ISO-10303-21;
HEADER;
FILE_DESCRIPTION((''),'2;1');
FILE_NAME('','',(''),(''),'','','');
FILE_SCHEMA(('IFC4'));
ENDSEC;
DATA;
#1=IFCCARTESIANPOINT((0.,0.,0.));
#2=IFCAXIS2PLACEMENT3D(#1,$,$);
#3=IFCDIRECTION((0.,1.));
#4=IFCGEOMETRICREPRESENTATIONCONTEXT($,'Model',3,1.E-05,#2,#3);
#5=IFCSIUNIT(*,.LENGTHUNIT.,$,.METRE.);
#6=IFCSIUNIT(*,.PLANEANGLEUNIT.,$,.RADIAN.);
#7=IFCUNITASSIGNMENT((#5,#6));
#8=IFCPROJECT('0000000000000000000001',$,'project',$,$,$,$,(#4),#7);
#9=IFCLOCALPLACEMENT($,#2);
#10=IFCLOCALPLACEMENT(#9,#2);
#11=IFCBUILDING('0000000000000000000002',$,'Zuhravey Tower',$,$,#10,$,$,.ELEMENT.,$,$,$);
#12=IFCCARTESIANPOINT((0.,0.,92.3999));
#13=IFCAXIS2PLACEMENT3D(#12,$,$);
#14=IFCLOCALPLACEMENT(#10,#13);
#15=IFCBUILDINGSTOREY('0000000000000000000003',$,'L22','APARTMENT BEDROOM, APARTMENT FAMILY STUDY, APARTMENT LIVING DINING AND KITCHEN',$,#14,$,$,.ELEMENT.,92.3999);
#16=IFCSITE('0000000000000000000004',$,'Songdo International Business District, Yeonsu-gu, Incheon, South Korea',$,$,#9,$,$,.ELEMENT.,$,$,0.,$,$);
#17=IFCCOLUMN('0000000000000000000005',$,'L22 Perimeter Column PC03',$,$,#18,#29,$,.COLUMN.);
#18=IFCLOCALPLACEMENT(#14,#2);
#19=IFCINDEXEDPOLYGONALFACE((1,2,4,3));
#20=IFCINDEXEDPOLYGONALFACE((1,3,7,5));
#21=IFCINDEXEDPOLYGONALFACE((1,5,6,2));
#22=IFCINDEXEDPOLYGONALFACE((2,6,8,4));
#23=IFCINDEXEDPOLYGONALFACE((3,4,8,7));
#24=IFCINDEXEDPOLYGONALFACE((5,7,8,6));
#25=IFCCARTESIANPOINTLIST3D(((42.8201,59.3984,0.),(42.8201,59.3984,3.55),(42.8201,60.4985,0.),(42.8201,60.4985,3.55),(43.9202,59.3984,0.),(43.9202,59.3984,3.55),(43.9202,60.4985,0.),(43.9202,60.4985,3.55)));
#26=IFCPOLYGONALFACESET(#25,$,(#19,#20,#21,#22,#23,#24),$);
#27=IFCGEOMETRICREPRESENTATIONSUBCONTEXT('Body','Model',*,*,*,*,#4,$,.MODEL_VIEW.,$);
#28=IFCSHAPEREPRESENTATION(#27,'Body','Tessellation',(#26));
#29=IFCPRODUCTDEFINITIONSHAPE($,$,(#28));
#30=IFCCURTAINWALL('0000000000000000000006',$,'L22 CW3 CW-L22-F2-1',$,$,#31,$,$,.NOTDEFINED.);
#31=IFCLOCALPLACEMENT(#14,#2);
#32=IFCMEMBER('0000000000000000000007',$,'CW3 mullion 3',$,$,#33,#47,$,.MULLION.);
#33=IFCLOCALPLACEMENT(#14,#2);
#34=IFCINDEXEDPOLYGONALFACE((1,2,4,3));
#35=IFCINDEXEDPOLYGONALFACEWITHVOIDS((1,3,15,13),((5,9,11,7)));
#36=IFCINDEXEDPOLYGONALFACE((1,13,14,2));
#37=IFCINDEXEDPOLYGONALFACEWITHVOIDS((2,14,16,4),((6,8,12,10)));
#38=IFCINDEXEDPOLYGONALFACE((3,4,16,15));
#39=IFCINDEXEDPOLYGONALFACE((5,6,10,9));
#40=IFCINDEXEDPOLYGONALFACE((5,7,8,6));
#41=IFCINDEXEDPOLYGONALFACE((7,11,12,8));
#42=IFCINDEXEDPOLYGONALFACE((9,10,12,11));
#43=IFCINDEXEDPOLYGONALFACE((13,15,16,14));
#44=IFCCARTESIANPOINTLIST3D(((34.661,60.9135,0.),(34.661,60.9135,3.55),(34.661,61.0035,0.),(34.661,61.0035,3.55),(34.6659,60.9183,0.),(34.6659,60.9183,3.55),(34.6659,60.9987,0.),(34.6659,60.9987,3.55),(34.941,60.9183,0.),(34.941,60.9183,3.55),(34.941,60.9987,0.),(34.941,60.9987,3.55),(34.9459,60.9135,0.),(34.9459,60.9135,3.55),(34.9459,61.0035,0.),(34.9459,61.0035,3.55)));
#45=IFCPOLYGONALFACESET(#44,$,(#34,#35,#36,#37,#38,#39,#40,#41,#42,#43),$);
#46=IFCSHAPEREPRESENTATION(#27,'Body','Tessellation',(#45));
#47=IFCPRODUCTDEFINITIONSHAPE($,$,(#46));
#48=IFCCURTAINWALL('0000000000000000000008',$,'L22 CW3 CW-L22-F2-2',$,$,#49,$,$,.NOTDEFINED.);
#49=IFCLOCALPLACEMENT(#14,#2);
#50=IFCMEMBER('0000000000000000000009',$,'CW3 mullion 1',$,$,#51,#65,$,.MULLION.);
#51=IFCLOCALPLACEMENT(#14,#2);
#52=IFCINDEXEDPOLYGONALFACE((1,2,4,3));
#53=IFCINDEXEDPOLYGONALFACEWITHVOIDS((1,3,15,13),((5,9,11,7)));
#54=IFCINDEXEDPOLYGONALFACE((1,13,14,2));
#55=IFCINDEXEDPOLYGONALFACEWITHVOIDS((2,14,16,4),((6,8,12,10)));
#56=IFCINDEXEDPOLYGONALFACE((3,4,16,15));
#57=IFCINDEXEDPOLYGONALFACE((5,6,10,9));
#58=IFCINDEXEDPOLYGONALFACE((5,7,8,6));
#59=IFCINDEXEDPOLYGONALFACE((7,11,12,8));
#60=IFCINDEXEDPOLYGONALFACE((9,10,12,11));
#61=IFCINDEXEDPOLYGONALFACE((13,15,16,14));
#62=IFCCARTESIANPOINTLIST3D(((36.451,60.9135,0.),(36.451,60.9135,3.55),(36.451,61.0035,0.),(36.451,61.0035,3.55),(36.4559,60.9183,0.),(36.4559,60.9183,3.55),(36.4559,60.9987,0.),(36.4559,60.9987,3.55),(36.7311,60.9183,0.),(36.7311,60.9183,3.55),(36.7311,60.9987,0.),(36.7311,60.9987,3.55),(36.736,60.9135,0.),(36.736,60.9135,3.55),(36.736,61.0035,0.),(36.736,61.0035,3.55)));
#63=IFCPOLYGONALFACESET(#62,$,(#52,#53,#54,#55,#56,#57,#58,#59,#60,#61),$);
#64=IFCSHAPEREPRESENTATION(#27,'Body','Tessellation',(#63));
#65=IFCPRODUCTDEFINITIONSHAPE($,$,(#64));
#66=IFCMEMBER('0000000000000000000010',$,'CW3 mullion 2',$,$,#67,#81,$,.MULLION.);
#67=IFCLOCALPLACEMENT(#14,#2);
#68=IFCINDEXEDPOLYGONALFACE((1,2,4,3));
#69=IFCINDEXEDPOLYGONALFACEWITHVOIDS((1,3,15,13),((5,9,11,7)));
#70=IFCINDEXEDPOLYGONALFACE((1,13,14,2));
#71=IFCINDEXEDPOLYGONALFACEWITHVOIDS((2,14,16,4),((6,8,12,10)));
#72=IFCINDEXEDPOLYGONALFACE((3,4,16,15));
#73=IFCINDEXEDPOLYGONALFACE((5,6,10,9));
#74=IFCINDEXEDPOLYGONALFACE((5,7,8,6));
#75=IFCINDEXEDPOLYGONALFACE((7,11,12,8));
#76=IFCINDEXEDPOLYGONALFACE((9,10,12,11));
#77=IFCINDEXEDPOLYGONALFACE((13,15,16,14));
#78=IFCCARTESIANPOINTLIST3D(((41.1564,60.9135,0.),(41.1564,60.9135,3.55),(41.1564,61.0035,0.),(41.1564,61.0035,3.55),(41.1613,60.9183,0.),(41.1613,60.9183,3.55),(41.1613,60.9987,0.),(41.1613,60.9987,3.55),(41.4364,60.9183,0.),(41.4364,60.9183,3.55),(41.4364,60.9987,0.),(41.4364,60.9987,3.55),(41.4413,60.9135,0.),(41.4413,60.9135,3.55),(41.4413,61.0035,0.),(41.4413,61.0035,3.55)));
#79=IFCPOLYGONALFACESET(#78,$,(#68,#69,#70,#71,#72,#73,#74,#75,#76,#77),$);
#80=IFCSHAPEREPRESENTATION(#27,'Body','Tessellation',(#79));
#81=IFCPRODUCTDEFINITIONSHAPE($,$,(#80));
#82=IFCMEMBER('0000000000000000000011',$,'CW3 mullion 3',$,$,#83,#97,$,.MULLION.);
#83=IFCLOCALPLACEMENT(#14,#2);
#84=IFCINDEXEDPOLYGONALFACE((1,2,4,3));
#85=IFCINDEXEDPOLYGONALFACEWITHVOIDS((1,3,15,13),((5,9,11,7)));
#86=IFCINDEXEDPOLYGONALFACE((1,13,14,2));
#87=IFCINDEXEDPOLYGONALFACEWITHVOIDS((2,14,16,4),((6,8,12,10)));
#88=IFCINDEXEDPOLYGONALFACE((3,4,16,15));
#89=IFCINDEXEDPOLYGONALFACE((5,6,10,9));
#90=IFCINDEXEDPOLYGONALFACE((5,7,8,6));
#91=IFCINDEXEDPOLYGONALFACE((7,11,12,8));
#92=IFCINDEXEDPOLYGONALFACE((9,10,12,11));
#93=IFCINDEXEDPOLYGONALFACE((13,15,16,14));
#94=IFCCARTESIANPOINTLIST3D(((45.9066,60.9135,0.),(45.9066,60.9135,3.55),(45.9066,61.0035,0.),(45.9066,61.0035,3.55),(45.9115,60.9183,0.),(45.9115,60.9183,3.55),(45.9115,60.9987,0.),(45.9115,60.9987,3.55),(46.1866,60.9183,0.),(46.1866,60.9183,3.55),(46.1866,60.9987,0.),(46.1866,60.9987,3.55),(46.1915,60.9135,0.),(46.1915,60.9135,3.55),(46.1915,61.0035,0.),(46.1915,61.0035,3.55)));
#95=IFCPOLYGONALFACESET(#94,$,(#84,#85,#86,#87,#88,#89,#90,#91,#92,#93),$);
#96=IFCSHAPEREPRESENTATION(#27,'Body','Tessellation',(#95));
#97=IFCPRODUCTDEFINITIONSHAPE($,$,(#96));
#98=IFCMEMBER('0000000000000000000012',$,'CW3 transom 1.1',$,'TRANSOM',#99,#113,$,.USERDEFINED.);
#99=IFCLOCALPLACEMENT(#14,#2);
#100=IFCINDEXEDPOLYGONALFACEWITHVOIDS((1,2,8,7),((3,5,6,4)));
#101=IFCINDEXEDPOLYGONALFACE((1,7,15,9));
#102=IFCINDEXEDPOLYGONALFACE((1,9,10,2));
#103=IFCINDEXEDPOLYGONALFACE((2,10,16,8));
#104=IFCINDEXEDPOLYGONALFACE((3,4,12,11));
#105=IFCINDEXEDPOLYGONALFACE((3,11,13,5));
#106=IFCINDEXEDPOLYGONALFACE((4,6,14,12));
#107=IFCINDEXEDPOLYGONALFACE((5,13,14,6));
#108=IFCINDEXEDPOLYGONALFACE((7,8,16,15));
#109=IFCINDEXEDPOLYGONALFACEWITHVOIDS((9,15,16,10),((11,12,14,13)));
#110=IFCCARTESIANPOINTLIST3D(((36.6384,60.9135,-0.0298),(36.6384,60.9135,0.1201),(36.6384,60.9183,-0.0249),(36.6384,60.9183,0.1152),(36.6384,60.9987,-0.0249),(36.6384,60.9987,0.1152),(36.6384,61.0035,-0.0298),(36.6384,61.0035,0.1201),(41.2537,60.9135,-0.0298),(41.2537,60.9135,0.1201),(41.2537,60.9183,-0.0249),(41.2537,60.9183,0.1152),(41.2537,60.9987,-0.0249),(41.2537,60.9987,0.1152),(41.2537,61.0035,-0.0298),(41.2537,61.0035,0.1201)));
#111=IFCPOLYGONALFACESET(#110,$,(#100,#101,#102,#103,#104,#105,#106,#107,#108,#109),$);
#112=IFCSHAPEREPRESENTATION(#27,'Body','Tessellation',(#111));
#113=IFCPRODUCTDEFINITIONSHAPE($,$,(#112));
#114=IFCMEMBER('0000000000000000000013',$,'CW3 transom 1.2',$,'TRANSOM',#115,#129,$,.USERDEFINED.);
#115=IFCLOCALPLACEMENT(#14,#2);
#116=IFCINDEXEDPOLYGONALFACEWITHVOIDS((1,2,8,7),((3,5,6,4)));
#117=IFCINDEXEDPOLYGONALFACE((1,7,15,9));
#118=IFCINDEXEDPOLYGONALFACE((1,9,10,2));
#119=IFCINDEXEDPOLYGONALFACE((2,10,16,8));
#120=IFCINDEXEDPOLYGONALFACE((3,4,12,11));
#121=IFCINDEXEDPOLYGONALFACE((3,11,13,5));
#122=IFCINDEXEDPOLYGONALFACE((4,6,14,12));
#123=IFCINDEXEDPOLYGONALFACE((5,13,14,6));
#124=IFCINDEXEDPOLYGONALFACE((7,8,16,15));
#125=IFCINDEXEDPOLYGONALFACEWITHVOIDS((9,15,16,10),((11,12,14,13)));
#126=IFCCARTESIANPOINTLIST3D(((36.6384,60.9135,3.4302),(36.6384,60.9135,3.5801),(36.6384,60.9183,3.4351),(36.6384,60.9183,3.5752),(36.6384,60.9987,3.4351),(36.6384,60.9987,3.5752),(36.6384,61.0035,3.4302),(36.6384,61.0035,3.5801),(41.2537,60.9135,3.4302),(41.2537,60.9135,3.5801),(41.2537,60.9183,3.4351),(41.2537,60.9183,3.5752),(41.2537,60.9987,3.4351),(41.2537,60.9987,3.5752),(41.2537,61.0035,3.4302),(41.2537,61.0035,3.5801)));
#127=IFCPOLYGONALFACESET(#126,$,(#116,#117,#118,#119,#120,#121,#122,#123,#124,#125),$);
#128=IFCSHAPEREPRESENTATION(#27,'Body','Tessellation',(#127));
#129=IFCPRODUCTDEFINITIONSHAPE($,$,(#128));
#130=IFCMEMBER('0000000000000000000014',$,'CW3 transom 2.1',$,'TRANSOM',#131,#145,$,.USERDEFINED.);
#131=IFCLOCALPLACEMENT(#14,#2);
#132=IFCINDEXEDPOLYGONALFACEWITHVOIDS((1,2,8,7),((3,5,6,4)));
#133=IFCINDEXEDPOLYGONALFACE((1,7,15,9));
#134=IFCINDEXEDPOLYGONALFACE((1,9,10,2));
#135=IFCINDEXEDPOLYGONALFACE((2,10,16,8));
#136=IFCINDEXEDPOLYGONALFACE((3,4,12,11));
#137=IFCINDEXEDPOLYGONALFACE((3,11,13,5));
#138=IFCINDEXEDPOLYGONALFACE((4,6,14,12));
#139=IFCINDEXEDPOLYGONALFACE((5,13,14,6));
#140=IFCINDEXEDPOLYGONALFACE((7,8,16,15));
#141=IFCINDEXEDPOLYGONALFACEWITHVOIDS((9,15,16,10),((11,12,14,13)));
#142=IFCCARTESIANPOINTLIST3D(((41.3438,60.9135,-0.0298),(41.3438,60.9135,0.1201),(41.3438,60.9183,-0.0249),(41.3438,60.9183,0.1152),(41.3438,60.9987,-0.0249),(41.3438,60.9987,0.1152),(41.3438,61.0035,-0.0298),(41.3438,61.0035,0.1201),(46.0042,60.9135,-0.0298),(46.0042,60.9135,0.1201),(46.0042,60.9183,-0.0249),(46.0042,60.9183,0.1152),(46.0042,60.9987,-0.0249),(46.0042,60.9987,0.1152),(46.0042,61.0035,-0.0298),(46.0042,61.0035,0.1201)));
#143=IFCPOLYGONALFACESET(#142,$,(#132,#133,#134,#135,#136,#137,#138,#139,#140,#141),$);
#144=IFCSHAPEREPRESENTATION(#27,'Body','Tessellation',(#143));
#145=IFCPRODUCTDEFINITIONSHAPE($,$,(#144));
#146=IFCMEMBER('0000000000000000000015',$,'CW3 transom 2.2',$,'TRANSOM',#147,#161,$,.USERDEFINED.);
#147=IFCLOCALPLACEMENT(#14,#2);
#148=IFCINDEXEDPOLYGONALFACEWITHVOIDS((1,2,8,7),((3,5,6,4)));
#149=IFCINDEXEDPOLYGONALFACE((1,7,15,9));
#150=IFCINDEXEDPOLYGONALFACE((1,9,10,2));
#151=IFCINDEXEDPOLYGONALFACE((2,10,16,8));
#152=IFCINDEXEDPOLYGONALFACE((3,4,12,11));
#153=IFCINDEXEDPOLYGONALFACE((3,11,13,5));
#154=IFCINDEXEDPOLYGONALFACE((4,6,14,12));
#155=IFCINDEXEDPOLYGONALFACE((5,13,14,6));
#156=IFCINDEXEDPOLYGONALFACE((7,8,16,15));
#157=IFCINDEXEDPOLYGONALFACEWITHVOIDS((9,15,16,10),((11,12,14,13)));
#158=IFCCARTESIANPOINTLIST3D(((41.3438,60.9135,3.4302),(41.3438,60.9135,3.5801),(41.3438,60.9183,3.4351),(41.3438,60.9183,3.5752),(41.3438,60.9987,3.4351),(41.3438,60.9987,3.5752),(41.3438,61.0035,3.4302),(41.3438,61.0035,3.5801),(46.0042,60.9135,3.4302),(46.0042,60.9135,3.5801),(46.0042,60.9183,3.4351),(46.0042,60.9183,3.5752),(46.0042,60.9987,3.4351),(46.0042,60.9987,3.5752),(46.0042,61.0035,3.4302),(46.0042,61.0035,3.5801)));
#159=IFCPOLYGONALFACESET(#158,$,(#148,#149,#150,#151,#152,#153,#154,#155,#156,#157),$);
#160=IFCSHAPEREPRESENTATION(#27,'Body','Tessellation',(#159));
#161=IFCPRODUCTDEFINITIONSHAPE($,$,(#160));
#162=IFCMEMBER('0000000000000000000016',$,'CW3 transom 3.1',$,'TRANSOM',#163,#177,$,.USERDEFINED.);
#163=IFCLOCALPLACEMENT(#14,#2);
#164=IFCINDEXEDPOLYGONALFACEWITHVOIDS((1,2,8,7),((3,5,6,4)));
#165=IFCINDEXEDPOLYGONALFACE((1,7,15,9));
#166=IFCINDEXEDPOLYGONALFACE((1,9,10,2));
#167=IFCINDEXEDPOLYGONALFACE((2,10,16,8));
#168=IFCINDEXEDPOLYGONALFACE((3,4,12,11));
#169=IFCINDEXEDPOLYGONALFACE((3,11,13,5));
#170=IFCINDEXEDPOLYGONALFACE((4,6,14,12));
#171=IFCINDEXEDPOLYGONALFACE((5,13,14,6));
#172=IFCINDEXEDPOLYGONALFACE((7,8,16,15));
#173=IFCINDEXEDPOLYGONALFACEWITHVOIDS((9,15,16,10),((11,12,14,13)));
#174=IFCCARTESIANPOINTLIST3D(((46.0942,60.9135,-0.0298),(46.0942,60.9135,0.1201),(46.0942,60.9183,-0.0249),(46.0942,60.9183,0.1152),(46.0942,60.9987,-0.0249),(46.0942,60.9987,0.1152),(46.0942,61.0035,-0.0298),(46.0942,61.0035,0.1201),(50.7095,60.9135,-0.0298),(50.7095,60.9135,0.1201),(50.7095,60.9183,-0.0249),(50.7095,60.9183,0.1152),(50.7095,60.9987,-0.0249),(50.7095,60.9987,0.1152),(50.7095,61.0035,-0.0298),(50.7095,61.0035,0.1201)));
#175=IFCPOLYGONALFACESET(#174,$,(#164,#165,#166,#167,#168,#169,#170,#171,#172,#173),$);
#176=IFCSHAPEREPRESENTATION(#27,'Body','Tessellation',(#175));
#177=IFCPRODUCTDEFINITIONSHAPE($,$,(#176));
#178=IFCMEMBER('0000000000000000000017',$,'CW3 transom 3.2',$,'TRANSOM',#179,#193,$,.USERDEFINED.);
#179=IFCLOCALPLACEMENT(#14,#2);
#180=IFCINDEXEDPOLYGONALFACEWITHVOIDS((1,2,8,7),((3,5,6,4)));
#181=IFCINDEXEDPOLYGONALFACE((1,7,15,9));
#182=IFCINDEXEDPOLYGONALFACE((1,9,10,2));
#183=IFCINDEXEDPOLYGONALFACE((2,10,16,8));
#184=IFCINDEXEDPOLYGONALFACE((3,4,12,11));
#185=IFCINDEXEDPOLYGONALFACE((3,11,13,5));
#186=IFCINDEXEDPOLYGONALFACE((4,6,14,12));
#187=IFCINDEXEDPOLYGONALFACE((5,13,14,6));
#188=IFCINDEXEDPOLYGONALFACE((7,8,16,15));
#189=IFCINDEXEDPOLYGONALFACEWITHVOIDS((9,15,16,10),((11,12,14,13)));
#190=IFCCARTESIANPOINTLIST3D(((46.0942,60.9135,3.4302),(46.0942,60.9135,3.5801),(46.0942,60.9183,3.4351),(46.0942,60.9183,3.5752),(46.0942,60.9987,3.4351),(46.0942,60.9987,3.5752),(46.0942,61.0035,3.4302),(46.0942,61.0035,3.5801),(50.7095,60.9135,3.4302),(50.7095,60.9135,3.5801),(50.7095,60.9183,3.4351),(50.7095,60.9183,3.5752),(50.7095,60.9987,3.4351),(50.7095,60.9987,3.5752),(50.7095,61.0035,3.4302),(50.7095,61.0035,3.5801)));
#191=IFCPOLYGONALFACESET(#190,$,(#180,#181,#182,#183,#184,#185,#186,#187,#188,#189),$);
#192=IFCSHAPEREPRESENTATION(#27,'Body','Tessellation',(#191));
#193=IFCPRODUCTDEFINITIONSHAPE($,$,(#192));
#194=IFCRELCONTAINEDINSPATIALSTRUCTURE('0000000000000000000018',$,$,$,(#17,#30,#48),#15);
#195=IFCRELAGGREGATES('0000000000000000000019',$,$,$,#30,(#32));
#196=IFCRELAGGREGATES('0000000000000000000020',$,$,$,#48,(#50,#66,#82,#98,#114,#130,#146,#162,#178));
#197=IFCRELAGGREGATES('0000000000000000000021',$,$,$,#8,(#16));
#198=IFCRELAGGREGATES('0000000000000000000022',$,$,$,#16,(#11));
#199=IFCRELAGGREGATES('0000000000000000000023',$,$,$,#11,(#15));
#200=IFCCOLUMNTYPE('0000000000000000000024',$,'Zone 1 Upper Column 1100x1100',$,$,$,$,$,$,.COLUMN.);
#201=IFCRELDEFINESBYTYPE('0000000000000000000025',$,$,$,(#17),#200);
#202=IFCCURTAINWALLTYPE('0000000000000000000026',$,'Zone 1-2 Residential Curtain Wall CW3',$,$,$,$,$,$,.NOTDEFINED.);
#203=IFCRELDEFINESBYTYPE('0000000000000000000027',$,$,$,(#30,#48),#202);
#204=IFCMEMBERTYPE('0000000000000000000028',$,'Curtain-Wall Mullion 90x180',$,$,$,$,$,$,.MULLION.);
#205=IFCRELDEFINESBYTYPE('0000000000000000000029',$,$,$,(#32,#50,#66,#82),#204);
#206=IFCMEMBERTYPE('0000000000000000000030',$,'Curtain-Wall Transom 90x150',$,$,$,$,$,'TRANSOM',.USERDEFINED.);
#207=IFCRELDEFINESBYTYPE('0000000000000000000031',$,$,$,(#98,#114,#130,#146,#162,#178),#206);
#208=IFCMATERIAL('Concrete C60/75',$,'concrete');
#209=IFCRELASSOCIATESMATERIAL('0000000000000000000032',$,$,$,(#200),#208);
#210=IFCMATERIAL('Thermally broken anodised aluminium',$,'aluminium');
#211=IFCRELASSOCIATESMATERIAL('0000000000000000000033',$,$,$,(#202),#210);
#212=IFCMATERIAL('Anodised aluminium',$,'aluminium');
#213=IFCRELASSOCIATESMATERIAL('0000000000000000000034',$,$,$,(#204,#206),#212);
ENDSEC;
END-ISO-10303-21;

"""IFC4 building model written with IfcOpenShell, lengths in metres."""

from ifc_helpers import new_model, si_unit, direction, frame, origin, origin_2d, place, context, subcontext, project, spatial, rectangle, hollow_rectangle, extrude, material, material_profile, profile_set, type_object, element, aggregate, save


model = new_model("IFC4")

# Units and contexts
model_context = context("Model", 3, precision=1e-05, world=origin(), true_north=direction((0.0, 1.0)))
body_context = subcontext(model_context, "Body", "Model", "MODEL_VIEW")
ifc_project = project(units=[si_unit("LENGTHUNIT", "METRE"), si_unit("PLANEANGLEUNIT", "RADIAN")], contexts=[model_context])

# Site, building, storey
site_placement = place(None, origin())
site = spatial("IfcSite", under=ifc_project, at=site_placement, Name="Songdo International Business District, Yeonsu-gu, Incheon, South Korea", CompositionType="ELEMENT", RefElevation=0.0)
building_placement = place(site_placement, origin())
building = spatial("IfcBuilding", under=site, at=building_placement, Name="Zuhravey Tower", CompositionType="ELEMENT")
storey_placement = place(building_placement, frame((0.0, 0.0, 92.3999)))
storey = spatial("IfcBuildingStorey", under=building, at=storey_placement, Name="L22", Description="APARTMENT BEDROOM, APARTMENT FAMILY STUDY, APARTMENT LIVING DINING AND KITCHEN", CompositionType="ELEMENT", Elevation=92.3999)

# Column
ifc_material_1 = material(Name="Concrete C60/75", Category="concrete")
ifc_material_profile_1 = material_profile(ifc_material_1, rectangle(XDim=1.1001, YDim=1.1001, at=origin_2d()), Name="RC-1100x1100")
ifc_profile_set_1 = profile_set([ifc_material_profile_1], Name="Concrete C60/75")
column_type = type_object("IfcColumnType", Name="Zone 1 Upper Column 1100x1100", PredefinedType="COLUMN", material=ifc_profile_set_1)
column_placement = place(storey_placement, frame((43.3701, 59.9485, 0.0), z_axis=(0.0, 0.0, 1.0), x_axis=(-1.0, 0.0, 0.0)))
element("IfcColumn", 1, at=column_placement, inside=storey, type_object=column_type, Name="L22 Perimeter Column PC03", PredefinedType="COLUMN", context=body_context, shape_type="SweptSolid", body=[
    extrude(rectangle(XDim=1.1001, YDim=1.1001, at=origin_2d()), origin(), (0.0, 0.0, 1.0), 3.55),
])

# Curtain wall, member
ifc_material_2 = material(Name="Thermally broken anodised aluminium", Category="aluminium")
curtain_wall_type = type_object("IfcCurtainWallType", Name="Zone 1-2 Residential Curtain Wall CW3", PredefinedType="NOTDEFINED", material=ifc_material_2)
curtain_wall_1_placement = place(storey_placement, origin())
curtain_wall_1 = element("IfcCurtainWall", 2, at=curtain_wall_1_placement, inside=storey, type_object=curtain_wall_type, Name="L22 CW3 CW-L22-F2-1", PredefinedType="NOTDEFINED")
ifc_material_3 = material(Name="Anodised aluminium", Category="aluminium")
ifc_material_profile_2 = material_profile(ifc_material_3, hollow_rectangle(XDim=0.0901, YDim=0.2849, WallThickness=0.0049, at=origin_2d()), Name="ALU-RHS-90x285x5")
ifc_profile_set_2 = profile_set([ifc_material_profile_2], Name="Anodised aluminium")
member_type_1 = type_object("IfcMemberType", Name="Curtain-Wall Mullion 90x180", PredefinedType="MULLION", material=ifc_profile_set_2)
member_1_placement = place(storey_placement, frame((34.8035, 60.9585, 0.0), z_axis=(0.0, 0.0, 1.0), x_axis=(0.0, 1.0, 0.0)))
member_1 = element("IfcMember", 3, at=member_1_placement, type_object=member_type_1, Name="CW3 mullion 3", PredefinedType="MULLION", context=body_context, shape_type="SweptSolid", body=[
    extrude(hollow_rectangle(XDim=0.0901, YDim=0.2849, WallThickness=0.0049, at=origin_2d()), origin(), (0.0, 0.0, 1.0), 3.55),
])
aggregate(curtain_wall_1, [member_1])

# Curtain wall, members
curtain_wall_2_placement = place(storey_placement, origin())
curtain_wall_2 = element("IfcCurtainWall", 4, at=curtain_wall_2_placement, inside=storey, type_object=curtain_wall_type, Name="L22 CW3 CW-L22-F2-2", PredefinedType="NOTDEFINED")
member_2_placement = place(storey_placement, frame((36.5935, 60.9585, 0.0), z_axis=(0.0, 0.0, 1.0), x_axis=(0.0, 1.0, 0.0)))
member_2 = element("IfcMember", 5, at=member_2_placement, type_object=member_type_1, Name="CW3 mullion 1", PredefinedType="MULLION", context=body_context, shape_type="SweptSolid", body=[
    extrude(hollow_rectangle(XDim=0.0901, YDim=0.2849, WallThickness=0.0049, at=origin_2d()), origin(), (0.0, 0.0, 1.0), 3.55),
])
member_3_placement = place(storey_placement, frame((41.2988, 60.9585, 0.0), z_axis=(0.0, 0.0, 1.0), x_axis=(0.0, 1.0, 0.0)))
member_3 = element("IfcMember", 6, at=member_3_placement, type_object=member_type_1, Name="CW3 mullion 2", PredefinedType="MULLION", context=body_context, shape_type="SweptSolid", body=[
    extrude(hollow_rectangle(XDim=0.0901, YDim=0.2849, WallThickness=0.0049, at=origin_2d()), origin(), (0.0, 0.0, 1.0), 3.55),
])
member_4_placement = place(storey_placement, frame((46.0491, 60.9585, 0.0), z_axis=(0.0, 0.0, 1.0), x_axis=(0.0, 1.0, 0.0)))
member_4 = element("IfcMember", 7, at=member_4_placement, type_object=member_type_1, Name="CW3 mullion 3", PredefinedType="MULLION", context=body_context, shape_type="SweptSolid", body=[
    extrude(hollow_rectangle(XDim=0.0901, YDim=0.2849, WallThickness=0.0049, at=origin_2d()), origin(), (0.0, 0.0, 1.0), 3.55),
])
ifc_material_profile_3 = material_profile(ifc_material_3, hollow_rectangle(XDim=0.0901, YDim=0.1499, WallThickness=0.0049, at=origin_2d()), Name="ALU-RHS-90x150x5")
ifc_profile_set_3 = profile_set([ifc_material_profile_3], Name="Anodised aluminium")
member_type_2 = type_object("IfcMemberType", Name="Curtain-Wall Transom 90x150", ElementType="TRANSOM", PredefinedType="USERDEFINED", material=ifc_profile_set_3)
member_5_placement = place(storey_placement, frame((36.6384, 60.9585, 0.0452), z_axis=(1.0, 0.0, 0.0), x_axis=(0.0, 1.0, 0.0)))
member_5 = element("IfcMember", 8, at=member_5_placement, type_object=member_type_2, Name="CW3 transom 1.1", ObjectType="TRANSOM", PredefinedType="USERDEFINED", context=body_context, shape_type="SweptSolid", body=[
    extrude(hollow_rectangle(XDim=0.0901, YDim=0.1499, WallThickness=0.0049, at=origin_2d()), origin(), (0.0, 0.0, 1.0), 4.6152),
])
member_6_placement = place(storey_placement, frame((36.6384, 60.9585, 3.5051), z_axis=(1.0, 0.0, 0.0), x_axis=(0.0, 1.0, 0.0)))
member_6 = element("IfcMember", 9, at=member_6_placement, type_object=member_type_2, Name="CW3 transom 1.2", ObjectType="TRANSOM", PredefinedType="USERDEFINED", context=body_context, shape_type="SweptSolid", body=[
    extrude(hollow_rectangle(XDim=0.0901, YDim=0.1499, WallThickness=0.0049, at=origin_2d()), origin(), (0.0, 0.0, 1.0), 4.6152),
])
member_7_placement = place(storey_placement, frame((41.3438, 60.9585, 0.0452), z_axis=(1.0, 0.0, 0.0), x_axis=(0.0, 1.0, 0.0)))
member_7 = element("IfcMember", 10, at=member_7_placement, type_object=member_type_2, Name="CW3 transom 2.1", ObjectType="TRANSOM", PredefinedType="USERDEFINED", context=body_context, shape_type="SweptSolid", body=[
    extrude(hollow_rectangle(XDim=0.0901, YDim=0.1499, WallThickness=0.0049, at=origin_2d()), origin(), (0.0, 0.0, 1.0), 4.6604),
])
member_8_placement = place(storey_placement, frame((41.3438, 60.9585, 3.5051), z_axis=(1.0, 0.0, 0.0), x_axis=(0.0, 1.0, 0.0)))
member_8 = element("IfcMember", 11, at=member_8_placement, type_object=member_type_2, Name="CW3 transom 2.2", ObjectType="TRANSOM", PredefinedType="USERDEFINED", context=body_context, shape_type="SweptSolid", body=[
    extrude(hollow_rectangle(XDim=0.0901, YDim=0.1499, WallThickness=0.0049, at=origin_2d()), origin(), (0.0, 0.0, 1.0), 4.6604),
])
member_9_placement = place(storey_placement, frame((46.0942, 60.9585, 0.0452), z_axis=(1.0, 0.0, 0.0), x_axis=(0.0, 1.0, 0.0)))
member_9 = element("IfcMember", 12, at=member_9_placement, type_object=member_type_2, Name="CW3 transom 3.1", ObjectType="TRANSOM", PredefinedType="USERDEFINED", context=body_context, shape_type="SweptSolid", body=[
    extrude(hollow_rectangle(XDim=0.0901, YDim=0.1499, WallThickness=0.0049, at=origin_2d()), origin(), (0.0, 0.0, 1.0), 4.6152),
])
member_10_placement = place(storey_placement, frame((46.0942, 60.9585, 3.5051), z_axis=(1.0, 0.0, 0.0), x_axis=(0.0, 1.0, 0.0)))
member_10 = element("IfcMember", 13, at=member_10_placement, type_object=member_type_2, Name="CW3 transom 3.2", ObjectType="TRANSOM", PredefinedType="USERDEFINED", context=body_context, shape_type="SweptSolid", body=[
    extrude(hollow_rectangle(XDim=0.0901, YDim=0.1499, WallThickness=0.0049, at=origin_2d()), origin(), (0.0, 0.0, 1.0), 4.6152),
])

aggregate(curtain_wall_2, [member_2, member_3, member_4, member_5, member_6, member_7, member_8, member_9, member_10])

save(model, "model.ifc")
